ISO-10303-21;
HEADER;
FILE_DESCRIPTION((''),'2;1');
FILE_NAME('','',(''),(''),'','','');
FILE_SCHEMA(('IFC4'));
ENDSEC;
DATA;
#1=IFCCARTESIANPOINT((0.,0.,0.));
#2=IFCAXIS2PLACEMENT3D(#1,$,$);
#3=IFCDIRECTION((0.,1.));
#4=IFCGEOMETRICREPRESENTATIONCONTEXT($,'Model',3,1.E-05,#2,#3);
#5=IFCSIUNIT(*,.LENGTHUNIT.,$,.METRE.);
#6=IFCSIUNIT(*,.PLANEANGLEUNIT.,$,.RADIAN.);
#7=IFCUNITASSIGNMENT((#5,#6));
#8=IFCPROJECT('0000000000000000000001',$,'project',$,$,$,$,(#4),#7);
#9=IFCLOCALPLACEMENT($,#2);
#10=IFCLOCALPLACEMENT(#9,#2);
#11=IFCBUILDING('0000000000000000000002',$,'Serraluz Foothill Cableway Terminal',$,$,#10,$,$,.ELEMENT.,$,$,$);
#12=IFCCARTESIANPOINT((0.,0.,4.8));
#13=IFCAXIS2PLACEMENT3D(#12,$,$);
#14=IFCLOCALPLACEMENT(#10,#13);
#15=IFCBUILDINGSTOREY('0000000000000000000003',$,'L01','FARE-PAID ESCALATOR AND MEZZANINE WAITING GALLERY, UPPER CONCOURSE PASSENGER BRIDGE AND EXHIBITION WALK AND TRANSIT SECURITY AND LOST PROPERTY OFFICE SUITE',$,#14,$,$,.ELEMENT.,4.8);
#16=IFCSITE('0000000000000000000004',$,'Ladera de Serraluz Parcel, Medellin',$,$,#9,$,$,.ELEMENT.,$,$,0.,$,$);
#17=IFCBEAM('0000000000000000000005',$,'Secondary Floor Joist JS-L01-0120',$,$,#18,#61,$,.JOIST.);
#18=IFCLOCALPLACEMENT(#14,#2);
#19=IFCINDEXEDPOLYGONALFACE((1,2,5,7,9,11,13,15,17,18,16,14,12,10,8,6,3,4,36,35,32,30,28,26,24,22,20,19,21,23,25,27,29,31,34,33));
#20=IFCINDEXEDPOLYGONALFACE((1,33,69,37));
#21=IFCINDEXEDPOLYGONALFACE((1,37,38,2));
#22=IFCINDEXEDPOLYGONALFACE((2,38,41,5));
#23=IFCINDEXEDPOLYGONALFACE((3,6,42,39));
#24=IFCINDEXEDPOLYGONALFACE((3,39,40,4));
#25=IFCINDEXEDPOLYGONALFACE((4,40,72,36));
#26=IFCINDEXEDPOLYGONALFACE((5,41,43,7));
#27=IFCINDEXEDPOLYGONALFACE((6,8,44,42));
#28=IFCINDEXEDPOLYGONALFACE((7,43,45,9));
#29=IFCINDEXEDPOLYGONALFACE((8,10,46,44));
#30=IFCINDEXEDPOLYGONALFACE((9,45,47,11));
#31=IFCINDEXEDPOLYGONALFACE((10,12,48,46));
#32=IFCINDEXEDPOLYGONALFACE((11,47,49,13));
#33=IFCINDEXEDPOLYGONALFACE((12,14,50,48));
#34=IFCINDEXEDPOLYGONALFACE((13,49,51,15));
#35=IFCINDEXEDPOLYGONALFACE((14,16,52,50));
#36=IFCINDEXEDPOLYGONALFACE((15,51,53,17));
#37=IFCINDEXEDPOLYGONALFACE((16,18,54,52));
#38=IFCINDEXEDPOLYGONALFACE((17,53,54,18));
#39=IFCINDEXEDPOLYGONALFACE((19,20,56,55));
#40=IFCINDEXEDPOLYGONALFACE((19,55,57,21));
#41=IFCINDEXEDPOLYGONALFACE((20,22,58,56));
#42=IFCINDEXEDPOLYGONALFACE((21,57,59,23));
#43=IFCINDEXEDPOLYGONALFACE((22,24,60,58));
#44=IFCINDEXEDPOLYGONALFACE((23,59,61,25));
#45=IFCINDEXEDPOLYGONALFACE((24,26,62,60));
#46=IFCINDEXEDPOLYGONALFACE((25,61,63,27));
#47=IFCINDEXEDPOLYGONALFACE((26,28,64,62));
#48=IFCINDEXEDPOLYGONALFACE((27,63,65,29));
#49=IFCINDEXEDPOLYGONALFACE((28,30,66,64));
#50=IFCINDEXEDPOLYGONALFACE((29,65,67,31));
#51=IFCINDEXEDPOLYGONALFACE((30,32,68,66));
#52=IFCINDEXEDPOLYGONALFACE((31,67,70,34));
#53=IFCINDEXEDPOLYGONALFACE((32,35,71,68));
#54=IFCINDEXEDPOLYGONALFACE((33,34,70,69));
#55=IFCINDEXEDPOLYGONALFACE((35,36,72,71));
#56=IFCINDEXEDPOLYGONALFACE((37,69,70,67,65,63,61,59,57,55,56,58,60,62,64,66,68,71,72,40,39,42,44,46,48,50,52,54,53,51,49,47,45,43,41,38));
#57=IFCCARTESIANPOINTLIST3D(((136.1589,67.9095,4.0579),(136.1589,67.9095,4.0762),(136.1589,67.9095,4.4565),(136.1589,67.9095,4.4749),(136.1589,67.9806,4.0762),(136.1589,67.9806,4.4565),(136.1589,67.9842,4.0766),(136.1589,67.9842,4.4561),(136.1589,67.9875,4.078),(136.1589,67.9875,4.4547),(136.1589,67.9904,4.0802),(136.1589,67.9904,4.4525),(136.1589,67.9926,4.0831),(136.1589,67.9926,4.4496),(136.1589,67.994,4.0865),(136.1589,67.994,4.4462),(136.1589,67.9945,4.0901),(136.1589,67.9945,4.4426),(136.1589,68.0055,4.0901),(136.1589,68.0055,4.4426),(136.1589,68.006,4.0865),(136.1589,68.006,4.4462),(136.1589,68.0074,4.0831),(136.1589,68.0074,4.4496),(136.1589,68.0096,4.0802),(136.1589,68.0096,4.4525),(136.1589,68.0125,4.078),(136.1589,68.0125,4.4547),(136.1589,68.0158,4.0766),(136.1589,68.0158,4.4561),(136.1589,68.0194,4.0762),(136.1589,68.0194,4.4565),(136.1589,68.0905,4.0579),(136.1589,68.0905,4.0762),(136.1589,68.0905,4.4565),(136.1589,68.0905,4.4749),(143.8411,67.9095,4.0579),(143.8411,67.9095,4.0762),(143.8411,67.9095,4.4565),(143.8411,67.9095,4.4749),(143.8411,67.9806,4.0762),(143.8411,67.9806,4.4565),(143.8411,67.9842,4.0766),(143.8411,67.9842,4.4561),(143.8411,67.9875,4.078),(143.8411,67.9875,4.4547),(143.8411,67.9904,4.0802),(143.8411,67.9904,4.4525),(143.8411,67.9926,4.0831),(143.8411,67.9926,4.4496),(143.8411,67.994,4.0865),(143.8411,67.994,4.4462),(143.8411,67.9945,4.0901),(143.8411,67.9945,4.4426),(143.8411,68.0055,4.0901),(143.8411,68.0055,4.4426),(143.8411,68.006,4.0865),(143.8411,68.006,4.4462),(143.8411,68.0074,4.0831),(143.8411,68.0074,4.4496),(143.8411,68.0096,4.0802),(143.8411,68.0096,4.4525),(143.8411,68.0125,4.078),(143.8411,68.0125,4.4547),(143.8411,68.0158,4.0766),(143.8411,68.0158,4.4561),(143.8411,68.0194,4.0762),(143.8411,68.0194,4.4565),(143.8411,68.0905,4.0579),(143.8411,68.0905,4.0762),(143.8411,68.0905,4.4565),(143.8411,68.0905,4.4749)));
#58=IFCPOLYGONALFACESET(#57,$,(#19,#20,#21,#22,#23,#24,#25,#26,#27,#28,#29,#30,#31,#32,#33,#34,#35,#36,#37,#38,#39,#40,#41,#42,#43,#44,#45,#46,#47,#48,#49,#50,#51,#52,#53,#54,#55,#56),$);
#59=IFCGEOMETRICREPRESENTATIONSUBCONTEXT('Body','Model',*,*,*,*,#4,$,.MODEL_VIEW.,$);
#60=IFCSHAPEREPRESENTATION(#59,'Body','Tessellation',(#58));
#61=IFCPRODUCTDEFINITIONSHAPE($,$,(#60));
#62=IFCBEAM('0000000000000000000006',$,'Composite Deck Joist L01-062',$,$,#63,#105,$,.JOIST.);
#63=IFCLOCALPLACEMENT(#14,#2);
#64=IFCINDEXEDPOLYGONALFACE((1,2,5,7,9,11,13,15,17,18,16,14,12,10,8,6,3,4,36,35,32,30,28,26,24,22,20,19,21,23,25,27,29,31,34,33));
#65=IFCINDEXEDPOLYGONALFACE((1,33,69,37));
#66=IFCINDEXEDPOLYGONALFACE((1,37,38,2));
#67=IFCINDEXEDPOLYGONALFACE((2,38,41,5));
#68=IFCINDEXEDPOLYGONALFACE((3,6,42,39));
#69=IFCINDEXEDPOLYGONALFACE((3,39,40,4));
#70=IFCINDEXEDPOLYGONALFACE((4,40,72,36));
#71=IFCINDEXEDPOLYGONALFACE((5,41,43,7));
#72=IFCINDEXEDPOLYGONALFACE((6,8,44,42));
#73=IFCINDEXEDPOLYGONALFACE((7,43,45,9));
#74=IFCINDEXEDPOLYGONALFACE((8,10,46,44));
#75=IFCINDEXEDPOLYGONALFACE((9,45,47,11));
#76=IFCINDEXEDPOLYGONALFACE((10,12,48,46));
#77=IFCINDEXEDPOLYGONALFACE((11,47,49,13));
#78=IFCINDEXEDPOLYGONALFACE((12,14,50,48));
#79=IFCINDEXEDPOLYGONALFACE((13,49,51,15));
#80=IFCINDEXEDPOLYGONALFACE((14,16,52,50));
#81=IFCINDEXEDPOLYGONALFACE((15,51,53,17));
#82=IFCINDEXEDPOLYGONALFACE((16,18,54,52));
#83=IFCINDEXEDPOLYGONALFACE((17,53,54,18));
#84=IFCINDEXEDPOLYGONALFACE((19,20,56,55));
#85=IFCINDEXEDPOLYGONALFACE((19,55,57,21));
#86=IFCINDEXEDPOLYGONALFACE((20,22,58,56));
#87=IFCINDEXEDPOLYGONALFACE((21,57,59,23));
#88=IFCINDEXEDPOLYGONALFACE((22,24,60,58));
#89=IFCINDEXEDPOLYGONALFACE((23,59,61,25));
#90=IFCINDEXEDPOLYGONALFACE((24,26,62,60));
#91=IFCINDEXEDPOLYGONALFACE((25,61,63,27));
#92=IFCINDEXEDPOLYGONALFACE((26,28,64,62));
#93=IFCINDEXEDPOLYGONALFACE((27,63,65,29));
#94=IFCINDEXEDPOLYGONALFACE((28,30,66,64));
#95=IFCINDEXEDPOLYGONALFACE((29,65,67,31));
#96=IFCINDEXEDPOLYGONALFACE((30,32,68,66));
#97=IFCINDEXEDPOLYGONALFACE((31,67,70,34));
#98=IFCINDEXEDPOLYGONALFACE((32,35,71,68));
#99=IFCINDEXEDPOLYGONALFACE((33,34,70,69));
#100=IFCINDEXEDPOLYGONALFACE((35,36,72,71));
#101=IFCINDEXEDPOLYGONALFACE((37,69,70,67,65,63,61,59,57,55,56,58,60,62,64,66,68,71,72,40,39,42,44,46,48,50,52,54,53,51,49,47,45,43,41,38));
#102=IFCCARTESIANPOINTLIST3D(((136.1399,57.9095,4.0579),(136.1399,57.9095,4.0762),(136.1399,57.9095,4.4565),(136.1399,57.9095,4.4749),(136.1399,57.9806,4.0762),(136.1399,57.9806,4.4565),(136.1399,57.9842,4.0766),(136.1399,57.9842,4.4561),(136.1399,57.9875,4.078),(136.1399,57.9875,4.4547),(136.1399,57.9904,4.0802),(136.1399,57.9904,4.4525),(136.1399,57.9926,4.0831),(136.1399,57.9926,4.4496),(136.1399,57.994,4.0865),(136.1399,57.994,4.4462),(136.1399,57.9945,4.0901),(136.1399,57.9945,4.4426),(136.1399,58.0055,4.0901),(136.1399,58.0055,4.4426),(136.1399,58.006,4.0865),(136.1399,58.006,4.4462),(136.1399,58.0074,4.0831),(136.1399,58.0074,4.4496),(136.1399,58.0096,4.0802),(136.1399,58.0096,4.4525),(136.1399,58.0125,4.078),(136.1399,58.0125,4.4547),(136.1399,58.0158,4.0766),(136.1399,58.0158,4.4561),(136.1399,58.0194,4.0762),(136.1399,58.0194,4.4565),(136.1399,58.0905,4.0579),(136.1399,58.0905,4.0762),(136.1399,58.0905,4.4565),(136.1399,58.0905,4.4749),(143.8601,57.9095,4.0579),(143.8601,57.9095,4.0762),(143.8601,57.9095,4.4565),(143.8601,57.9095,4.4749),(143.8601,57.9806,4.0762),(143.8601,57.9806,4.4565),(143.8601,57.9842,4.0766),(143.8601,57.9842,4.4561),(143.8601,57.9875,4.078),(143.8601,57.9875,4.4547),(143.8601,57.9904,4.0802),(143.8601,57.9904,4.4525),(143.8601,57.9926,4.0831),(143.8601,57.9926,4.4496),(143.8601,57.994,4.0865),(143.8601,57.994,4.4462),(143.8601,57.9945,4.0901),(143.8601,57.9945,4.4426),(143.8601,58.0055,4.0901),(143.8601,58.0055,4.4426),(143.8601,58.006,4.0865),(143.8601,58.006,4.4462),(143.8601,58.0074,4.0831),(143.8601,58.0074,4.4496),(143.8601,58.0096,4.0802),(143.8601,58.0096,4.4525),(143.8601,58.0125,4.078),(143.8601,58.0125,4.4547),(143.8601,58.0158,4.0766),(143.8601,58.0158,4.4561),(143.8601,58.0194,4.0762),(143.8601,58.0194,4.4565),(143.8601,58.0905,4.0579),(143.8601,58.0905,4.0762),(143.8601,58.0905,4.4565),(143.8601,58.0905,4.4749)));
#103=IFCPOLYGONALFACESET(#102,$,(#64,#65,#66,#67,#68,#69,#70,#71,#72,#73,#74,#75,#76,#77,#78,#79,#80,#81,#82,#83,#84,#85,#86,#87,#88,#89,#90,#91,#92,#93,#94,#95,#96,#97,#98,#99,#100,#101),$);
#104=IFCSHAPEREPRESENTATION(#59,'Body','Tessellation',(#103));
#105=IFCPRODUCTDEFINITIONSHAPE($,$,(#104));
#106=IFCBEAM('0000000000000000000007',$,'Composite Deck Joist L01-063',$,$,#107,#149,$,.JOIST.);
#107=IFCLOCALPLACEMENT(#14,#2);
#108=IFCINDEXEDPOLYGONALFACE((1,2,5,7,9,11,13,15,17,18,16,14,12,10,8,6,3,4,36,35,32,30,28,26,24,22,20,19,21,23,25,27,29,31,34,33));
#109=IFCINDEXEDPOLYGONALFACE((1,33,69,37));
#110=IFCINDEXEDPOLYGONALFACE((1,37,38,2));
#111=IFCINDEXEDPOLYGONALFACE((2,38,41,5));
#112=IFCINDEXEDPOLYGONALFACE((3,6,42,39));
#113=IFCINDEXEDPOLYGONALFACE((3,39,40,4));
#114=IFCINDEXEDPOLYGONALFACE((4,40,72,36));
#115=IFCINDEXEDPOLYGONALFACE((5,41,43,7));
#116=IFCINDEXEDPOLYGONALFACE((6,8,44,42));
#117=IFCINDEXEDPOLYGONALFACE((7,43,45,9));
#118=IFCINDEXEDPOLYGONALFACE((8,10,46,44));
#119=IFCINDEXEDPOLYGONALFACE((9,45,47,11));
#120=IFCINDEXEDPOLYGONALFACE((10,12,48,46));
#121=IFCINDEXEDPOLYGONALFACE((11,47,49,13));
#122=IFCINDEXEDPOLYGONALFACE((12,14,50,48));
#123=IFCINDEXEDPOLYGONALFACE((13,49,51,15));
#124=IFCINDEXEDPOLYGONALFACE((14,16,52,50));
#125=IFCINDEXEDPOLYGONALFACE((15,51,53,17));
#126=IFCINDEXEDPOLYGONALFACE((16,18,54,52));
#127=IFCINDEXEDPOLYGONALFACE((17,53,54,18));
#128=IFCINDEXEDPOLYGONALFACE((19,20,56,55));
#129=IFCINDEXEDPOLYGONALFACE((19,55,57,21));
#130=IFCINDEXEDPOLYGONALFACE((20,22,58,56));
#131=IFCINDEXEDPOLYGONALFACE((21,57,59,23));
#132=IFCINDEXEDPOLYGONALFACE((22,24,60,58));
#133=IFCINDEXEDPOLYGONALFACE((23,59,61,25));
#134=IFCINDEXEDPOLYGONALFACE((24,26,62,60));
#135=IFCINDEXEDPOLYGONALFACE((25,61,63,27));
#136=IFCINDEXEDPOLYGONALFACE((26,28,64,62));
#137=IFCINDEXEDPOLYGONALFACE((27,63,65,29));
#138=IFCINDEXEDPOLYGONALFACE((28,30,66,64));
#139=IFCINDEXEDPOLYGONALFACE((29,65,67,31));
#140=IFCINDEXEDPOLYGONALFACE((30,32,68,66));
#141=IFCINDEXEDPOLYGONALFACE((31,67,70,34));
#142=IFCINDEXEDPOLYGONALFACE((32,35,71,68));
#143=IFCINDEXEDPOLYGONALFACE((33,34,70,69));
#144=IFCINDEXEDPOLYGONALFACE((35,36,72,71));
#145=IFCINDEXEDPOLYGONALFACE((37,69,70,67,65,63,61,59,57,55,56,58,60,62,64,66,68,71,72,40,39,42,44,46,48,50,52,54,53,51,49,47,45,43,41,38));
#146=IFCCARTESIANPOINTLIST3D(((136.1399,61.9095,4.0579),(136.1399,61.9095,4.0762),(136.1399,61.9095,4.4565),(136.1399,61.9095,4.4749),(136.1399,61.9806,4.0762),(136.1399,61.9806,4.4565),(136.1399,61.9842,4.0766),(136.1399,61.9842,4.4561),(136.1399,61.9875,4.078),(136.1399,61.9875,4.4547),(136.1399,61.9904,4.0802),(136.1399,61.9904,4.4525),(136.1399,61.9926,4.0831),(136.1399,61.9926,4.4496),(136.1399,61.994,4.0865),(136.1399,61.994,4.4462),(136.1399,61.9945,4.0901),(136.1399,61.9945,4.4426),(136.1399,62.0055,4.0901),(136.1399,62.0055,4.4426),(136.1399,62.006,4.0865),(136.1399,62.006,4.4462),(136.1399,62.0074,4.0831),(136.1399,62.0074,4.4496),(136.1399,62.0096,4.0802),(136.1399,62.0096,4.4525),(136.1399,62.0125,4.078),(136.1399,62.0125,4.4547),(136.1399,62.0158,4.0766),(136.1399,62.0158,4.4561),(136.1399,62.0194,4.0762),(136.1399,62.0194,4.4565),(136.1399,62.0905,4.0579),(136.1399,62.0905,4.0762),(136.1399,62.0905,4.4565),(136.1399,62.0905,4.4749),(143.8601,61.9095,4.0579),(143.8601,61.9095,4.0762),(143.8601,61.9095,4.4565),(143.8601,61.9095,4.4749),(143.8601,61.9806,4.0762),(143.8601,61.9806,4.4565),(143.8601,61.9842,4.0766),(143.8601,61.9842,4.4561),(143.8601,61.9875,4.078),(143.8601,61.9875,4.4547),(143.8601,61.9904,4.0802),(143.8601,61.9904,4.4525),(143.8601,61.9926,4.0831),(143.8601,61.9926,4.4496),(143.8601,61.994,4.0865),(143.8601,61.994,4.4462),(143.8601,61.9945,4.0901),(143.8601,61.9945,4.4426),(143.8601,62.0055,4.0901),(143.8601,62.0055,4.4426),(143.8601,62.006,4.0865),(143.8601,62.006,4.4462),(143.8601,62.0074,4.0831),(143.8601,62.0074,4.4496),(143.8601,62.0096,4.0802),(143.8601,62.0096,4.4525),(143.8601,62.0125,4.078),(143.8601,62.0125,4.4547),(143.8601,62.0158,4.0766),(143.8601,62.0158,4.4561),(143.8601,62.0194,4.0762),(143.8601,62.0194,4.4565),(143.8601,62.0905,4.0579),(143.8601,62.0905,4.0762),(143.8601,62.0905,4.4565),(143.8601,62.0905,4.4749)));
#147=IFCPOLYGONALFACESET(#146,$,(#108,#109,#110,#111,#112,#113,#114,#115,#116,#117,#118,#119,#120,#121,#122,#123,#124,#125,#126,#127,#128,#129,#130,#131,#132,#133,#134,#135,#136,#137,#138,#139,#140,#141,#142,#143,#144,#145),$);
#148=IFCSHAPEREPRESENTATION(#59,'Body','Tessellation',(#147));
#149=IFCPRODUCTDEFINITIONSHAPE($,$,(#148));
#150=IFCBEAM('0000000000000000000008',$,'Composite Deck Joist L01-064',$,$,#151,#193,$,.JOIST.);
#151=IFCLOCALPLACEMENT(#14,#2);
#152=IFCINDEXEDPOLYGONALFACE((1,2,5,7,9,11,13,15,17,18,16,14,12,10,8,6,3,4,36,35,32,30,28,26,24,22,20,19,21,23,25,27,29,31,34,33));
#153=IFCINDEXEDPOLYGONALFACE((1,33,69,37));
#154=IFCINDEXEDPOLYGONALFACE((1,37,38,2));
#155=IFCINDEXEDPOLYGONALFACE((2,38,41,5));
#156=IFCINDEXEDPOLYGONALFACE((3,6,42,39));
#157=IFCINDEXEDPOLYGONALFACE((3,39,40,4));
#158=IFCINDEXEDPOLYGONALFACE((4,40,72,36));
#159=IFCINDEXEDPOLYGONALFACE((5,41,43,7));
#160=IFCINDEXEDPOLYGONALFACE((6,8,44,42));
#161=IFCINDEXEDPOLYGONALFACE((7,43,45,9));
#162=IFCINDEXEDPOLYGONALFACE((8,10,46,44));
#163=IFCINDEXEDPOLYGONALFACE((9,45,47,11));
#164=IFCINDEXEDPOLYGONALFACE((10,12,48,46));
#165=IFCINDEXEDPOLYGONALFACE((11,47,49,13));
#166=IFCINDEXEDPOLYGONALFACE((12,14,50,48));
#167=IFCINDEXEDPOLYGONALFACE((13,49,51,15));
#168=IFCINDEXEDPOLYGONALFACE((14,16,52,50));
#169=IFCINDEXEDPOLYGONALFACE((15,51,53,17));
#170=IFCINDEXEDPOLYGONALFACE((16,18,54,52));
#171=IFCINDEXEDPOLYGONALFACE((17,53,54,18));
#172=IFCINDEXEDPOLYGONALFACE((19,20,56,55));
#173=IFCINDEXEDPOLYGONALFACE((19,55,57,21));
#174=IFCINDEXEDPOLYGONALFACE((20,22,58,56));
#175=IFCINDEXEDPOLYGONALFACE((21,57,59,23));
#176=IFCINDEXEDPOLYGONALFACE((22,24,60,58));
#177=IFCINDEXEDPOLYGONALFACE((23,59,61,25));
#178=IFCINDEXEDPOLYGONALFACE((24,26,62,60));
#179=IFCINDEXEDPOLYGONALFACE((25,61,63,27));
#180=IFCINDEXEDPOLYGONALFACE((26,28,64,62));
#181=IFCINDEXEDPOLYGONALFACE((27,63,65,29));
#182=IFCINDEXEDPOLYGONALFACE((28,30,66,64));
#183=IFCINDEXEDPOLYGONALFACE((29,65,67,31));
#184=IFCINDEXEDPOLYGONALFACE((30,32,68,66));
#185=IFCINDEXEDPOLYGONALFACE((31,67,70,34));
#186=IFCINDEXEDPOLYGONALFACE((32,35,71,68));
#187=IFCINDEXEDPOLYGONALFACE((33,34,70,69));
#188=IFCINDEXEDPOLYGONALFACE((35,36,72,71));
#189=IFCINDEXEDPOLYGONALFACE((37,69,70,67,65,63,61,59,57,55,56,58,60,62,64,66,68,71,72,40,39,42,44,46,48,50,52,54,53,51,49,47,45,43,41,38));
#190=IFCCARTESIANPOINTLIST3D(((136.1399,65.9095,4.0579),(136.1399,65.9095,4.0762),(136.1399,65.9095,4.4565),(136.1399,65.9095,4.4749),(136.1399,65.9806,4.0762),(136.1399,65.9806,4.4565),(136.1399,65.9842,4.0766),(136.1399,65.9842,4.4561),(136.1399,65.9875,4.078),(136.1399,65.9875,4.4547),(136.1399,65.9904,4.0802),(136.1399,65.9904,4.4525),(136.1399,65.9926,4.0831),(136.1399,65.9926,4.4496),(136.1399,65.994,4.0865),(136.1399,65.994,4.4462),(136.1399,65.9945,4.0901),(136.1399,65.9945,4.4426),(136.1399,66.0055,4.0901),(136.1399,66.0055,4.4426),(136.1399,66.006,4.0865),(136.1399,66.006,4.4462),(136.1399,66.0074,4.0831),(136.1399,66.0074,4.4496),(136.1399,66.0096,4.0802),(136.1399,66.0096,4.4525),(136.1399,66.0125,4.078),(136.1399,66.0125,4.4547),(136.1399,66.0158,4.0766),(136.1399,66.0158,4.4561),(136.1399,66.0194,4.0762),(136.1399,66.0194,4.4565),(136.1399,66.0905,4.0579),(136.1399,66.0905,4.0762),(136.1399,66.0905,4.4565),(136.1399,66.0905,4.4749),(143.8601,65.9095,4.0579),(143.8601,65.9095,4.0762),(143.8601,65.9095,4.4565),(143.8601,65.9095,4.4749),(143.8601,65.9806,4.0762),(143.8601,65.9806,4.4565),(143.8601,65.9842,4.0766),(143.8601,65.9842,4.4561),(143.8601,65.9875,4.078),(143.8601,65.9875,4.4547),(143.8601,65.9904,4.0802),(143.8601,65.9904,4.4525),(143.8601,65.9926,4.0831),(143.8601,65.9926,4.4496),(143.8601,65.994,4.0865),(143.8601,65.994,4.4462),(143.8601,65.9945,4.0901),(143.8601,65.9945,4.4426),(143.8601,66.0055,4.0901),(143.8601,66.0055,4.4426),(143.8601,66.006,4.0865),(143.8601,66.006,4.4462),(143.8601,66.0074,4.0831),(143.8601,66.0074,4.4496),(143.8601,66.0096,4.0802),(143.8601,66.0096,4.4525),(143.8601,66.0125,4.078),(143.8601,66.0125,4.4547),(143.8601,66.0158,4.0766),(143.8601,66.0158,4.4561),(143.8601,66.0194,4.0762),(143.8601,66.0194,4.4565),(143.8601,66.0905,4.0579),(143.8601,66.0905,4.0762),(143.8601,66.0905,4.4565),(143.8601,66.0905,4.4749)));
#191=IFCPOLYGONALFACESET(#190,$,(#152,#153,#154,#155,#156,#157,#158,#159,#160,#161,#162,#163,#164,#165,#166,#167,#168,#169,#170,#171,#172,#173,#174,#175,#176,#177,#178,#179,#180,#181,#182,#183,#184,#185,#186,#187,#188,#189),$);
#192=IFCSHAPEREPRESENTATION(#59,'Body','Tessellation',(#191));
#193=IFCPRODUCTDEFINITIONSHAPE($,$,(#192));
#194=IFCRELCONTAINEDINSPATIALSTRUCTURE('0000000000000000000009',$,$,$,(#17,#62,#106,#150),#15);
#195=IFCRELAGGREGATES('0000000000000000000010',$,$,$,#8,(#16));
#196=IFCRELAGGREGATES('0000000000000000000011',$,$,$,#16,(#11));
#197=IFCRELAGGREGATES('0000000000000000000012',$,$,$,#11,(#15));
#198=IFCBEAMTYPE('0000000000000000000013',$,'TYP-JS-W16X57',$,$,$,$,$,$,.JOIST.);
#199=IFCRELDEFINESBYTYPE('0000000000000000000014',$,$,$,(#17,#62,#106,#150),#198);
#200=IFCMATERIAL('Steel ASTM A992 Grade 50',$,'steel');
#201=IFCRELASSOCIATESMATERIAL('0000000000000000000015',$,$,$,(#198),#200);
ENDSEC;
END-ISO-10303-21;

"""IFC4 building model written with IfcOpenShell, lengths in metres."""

from ifc_helpers import new_model, si_unit, direction, frame, origin, origin_2d, place, context, subcontext, project, spatial, i_section, extrude, material, material_profile, profile_set, type_object, element, save


model = new_model("IFC4")

# Units and contexts
model_context = context("Model", 3, precision=1e-05, world=origin(), true_north=direction((0.0, 1.0)))
body_context = subcontext(model_context, "Body", "Model", "MODEL_VIEW")
ifc_project = project(units=[si_unit("LENGTHUNIT", "METRE"), si_unit("PLANEANGLEUNIT", "RADIAN")], contexts=[model_context])

# Site, building, storey
site_placement = place(None, origin())
site = spatial("IfcSite", under=ifc_project, at=site_placement, Name="Ladera de Serraluz Parcel, Medellin", CompositionType="ELEMENT", RefElevation=0.0)
building_placement = place(site_placement, origin())
building = spatial("IfcBuilding", under=site, at=building_placement, Name="Serraluz Foothill Cableway Terminal", CompositionType="ELEMENT")
storey_placement = place(building_placement, frame((0.0, 0.0, 4.8)))
storey = spatial("IfcBuildingStorey", under=building, at=storey_placement, Name="L01", Description="FARE-PAID ESCALATOR AND MEZZANINE WAITING GALLERY, UPPER CONCOURSE PASSENGER BRIDGE AND EXHIBITION WALK AND TRANSIT SECURITY AND LOST PROPERTY OFFICE SUITE", CompositionType="ELEMENT", Elevation=4.8)

# Beams
ifc_material_1 = material(Name="Steel ASTM A992 Grade 50", Category="steel")
ifc_material_profile_1 = material_profile(ifc_material_1, i_section(OverallWidth=0.1809, OverallDepth=0.417, WebThickness=0.011, FlangeThickness=0.0183, FilletRadius=0.0139, at=origin_2d()), Name="W16X57")
ifc_profile_set_1 = profile_set([ifc_material_profile_1], Name="Steel ASTM A992 Grade 50")
beam_type_1 = type_object("IfcBeamType", Name="TYP-JS-W16X57", PredefinedType="JOIST", material=ifc_profile_set_1)
for number, where, z_axis, x_axis, name in (
    (1, (136.1589, 68.0, 4.2664), (1.0, 0.0, 0.0), (0.0, 1.0, 0.0), "Secondary Floor Joist JS-L01-0120"),
):
    element("IfcBeam", number, at=place(storey_placement, frame(where, z_axis=z_axis, x_axis=x_axis)), inside=storey, type_object=beam_type_1, Name=name, PredefinedType="JOIST", context=body_context, shape_type="SweptSolid", body=[
        extrude(i_section(OverallWidth=0.1809, OverallDepth=0.417, WebThickness=0.011, FlangeThickness=0.0183, FilletRadius=0.0139, at=origin_2d()), origin(), (0.0, 0.0, 1.0), 7.6821),
    ])
for number, where, z_axis, x_axis, name in (
    (2, (136.1399, 58.0, 4.2664), (1.0, 0.0, 0.0), (0.0, 1.0, 0.0), "Composite Deck Joist L01-062"),
    (3, (136.1399, 62.0, 4.2664), (1.0, 0.0, 0.0), (0.0, 1.0, 0.0), "Composite Deck Joist L01-063"),
    (4, (136.1399, 66.0, 4.2664), (1.0, 0.0, 0.0), (0.0, 1.0, 0.0), "Composite Deck Joist L01-064"),
):
    element("IfcBeam", number, at=place(storey_placement, frame(where, z_axis=z_axis, x_axis=x_axis)), inside=storey, type_object=beam_type_1, Name=name, PredefinedType="JOIST", context=body_context, shape_type="SweptSolid", body=[
        extrude(i_section(OverallWidth=0.1809, OverallDepth=0.417, WebThickness=0.011, FlangeThickness=0.0183, FilletRadius=0.0139, at=origin_2d()), origin(), (0.0, 0.0, 1.0), 7.7202),
    ])

save(model, "model.ifc")
